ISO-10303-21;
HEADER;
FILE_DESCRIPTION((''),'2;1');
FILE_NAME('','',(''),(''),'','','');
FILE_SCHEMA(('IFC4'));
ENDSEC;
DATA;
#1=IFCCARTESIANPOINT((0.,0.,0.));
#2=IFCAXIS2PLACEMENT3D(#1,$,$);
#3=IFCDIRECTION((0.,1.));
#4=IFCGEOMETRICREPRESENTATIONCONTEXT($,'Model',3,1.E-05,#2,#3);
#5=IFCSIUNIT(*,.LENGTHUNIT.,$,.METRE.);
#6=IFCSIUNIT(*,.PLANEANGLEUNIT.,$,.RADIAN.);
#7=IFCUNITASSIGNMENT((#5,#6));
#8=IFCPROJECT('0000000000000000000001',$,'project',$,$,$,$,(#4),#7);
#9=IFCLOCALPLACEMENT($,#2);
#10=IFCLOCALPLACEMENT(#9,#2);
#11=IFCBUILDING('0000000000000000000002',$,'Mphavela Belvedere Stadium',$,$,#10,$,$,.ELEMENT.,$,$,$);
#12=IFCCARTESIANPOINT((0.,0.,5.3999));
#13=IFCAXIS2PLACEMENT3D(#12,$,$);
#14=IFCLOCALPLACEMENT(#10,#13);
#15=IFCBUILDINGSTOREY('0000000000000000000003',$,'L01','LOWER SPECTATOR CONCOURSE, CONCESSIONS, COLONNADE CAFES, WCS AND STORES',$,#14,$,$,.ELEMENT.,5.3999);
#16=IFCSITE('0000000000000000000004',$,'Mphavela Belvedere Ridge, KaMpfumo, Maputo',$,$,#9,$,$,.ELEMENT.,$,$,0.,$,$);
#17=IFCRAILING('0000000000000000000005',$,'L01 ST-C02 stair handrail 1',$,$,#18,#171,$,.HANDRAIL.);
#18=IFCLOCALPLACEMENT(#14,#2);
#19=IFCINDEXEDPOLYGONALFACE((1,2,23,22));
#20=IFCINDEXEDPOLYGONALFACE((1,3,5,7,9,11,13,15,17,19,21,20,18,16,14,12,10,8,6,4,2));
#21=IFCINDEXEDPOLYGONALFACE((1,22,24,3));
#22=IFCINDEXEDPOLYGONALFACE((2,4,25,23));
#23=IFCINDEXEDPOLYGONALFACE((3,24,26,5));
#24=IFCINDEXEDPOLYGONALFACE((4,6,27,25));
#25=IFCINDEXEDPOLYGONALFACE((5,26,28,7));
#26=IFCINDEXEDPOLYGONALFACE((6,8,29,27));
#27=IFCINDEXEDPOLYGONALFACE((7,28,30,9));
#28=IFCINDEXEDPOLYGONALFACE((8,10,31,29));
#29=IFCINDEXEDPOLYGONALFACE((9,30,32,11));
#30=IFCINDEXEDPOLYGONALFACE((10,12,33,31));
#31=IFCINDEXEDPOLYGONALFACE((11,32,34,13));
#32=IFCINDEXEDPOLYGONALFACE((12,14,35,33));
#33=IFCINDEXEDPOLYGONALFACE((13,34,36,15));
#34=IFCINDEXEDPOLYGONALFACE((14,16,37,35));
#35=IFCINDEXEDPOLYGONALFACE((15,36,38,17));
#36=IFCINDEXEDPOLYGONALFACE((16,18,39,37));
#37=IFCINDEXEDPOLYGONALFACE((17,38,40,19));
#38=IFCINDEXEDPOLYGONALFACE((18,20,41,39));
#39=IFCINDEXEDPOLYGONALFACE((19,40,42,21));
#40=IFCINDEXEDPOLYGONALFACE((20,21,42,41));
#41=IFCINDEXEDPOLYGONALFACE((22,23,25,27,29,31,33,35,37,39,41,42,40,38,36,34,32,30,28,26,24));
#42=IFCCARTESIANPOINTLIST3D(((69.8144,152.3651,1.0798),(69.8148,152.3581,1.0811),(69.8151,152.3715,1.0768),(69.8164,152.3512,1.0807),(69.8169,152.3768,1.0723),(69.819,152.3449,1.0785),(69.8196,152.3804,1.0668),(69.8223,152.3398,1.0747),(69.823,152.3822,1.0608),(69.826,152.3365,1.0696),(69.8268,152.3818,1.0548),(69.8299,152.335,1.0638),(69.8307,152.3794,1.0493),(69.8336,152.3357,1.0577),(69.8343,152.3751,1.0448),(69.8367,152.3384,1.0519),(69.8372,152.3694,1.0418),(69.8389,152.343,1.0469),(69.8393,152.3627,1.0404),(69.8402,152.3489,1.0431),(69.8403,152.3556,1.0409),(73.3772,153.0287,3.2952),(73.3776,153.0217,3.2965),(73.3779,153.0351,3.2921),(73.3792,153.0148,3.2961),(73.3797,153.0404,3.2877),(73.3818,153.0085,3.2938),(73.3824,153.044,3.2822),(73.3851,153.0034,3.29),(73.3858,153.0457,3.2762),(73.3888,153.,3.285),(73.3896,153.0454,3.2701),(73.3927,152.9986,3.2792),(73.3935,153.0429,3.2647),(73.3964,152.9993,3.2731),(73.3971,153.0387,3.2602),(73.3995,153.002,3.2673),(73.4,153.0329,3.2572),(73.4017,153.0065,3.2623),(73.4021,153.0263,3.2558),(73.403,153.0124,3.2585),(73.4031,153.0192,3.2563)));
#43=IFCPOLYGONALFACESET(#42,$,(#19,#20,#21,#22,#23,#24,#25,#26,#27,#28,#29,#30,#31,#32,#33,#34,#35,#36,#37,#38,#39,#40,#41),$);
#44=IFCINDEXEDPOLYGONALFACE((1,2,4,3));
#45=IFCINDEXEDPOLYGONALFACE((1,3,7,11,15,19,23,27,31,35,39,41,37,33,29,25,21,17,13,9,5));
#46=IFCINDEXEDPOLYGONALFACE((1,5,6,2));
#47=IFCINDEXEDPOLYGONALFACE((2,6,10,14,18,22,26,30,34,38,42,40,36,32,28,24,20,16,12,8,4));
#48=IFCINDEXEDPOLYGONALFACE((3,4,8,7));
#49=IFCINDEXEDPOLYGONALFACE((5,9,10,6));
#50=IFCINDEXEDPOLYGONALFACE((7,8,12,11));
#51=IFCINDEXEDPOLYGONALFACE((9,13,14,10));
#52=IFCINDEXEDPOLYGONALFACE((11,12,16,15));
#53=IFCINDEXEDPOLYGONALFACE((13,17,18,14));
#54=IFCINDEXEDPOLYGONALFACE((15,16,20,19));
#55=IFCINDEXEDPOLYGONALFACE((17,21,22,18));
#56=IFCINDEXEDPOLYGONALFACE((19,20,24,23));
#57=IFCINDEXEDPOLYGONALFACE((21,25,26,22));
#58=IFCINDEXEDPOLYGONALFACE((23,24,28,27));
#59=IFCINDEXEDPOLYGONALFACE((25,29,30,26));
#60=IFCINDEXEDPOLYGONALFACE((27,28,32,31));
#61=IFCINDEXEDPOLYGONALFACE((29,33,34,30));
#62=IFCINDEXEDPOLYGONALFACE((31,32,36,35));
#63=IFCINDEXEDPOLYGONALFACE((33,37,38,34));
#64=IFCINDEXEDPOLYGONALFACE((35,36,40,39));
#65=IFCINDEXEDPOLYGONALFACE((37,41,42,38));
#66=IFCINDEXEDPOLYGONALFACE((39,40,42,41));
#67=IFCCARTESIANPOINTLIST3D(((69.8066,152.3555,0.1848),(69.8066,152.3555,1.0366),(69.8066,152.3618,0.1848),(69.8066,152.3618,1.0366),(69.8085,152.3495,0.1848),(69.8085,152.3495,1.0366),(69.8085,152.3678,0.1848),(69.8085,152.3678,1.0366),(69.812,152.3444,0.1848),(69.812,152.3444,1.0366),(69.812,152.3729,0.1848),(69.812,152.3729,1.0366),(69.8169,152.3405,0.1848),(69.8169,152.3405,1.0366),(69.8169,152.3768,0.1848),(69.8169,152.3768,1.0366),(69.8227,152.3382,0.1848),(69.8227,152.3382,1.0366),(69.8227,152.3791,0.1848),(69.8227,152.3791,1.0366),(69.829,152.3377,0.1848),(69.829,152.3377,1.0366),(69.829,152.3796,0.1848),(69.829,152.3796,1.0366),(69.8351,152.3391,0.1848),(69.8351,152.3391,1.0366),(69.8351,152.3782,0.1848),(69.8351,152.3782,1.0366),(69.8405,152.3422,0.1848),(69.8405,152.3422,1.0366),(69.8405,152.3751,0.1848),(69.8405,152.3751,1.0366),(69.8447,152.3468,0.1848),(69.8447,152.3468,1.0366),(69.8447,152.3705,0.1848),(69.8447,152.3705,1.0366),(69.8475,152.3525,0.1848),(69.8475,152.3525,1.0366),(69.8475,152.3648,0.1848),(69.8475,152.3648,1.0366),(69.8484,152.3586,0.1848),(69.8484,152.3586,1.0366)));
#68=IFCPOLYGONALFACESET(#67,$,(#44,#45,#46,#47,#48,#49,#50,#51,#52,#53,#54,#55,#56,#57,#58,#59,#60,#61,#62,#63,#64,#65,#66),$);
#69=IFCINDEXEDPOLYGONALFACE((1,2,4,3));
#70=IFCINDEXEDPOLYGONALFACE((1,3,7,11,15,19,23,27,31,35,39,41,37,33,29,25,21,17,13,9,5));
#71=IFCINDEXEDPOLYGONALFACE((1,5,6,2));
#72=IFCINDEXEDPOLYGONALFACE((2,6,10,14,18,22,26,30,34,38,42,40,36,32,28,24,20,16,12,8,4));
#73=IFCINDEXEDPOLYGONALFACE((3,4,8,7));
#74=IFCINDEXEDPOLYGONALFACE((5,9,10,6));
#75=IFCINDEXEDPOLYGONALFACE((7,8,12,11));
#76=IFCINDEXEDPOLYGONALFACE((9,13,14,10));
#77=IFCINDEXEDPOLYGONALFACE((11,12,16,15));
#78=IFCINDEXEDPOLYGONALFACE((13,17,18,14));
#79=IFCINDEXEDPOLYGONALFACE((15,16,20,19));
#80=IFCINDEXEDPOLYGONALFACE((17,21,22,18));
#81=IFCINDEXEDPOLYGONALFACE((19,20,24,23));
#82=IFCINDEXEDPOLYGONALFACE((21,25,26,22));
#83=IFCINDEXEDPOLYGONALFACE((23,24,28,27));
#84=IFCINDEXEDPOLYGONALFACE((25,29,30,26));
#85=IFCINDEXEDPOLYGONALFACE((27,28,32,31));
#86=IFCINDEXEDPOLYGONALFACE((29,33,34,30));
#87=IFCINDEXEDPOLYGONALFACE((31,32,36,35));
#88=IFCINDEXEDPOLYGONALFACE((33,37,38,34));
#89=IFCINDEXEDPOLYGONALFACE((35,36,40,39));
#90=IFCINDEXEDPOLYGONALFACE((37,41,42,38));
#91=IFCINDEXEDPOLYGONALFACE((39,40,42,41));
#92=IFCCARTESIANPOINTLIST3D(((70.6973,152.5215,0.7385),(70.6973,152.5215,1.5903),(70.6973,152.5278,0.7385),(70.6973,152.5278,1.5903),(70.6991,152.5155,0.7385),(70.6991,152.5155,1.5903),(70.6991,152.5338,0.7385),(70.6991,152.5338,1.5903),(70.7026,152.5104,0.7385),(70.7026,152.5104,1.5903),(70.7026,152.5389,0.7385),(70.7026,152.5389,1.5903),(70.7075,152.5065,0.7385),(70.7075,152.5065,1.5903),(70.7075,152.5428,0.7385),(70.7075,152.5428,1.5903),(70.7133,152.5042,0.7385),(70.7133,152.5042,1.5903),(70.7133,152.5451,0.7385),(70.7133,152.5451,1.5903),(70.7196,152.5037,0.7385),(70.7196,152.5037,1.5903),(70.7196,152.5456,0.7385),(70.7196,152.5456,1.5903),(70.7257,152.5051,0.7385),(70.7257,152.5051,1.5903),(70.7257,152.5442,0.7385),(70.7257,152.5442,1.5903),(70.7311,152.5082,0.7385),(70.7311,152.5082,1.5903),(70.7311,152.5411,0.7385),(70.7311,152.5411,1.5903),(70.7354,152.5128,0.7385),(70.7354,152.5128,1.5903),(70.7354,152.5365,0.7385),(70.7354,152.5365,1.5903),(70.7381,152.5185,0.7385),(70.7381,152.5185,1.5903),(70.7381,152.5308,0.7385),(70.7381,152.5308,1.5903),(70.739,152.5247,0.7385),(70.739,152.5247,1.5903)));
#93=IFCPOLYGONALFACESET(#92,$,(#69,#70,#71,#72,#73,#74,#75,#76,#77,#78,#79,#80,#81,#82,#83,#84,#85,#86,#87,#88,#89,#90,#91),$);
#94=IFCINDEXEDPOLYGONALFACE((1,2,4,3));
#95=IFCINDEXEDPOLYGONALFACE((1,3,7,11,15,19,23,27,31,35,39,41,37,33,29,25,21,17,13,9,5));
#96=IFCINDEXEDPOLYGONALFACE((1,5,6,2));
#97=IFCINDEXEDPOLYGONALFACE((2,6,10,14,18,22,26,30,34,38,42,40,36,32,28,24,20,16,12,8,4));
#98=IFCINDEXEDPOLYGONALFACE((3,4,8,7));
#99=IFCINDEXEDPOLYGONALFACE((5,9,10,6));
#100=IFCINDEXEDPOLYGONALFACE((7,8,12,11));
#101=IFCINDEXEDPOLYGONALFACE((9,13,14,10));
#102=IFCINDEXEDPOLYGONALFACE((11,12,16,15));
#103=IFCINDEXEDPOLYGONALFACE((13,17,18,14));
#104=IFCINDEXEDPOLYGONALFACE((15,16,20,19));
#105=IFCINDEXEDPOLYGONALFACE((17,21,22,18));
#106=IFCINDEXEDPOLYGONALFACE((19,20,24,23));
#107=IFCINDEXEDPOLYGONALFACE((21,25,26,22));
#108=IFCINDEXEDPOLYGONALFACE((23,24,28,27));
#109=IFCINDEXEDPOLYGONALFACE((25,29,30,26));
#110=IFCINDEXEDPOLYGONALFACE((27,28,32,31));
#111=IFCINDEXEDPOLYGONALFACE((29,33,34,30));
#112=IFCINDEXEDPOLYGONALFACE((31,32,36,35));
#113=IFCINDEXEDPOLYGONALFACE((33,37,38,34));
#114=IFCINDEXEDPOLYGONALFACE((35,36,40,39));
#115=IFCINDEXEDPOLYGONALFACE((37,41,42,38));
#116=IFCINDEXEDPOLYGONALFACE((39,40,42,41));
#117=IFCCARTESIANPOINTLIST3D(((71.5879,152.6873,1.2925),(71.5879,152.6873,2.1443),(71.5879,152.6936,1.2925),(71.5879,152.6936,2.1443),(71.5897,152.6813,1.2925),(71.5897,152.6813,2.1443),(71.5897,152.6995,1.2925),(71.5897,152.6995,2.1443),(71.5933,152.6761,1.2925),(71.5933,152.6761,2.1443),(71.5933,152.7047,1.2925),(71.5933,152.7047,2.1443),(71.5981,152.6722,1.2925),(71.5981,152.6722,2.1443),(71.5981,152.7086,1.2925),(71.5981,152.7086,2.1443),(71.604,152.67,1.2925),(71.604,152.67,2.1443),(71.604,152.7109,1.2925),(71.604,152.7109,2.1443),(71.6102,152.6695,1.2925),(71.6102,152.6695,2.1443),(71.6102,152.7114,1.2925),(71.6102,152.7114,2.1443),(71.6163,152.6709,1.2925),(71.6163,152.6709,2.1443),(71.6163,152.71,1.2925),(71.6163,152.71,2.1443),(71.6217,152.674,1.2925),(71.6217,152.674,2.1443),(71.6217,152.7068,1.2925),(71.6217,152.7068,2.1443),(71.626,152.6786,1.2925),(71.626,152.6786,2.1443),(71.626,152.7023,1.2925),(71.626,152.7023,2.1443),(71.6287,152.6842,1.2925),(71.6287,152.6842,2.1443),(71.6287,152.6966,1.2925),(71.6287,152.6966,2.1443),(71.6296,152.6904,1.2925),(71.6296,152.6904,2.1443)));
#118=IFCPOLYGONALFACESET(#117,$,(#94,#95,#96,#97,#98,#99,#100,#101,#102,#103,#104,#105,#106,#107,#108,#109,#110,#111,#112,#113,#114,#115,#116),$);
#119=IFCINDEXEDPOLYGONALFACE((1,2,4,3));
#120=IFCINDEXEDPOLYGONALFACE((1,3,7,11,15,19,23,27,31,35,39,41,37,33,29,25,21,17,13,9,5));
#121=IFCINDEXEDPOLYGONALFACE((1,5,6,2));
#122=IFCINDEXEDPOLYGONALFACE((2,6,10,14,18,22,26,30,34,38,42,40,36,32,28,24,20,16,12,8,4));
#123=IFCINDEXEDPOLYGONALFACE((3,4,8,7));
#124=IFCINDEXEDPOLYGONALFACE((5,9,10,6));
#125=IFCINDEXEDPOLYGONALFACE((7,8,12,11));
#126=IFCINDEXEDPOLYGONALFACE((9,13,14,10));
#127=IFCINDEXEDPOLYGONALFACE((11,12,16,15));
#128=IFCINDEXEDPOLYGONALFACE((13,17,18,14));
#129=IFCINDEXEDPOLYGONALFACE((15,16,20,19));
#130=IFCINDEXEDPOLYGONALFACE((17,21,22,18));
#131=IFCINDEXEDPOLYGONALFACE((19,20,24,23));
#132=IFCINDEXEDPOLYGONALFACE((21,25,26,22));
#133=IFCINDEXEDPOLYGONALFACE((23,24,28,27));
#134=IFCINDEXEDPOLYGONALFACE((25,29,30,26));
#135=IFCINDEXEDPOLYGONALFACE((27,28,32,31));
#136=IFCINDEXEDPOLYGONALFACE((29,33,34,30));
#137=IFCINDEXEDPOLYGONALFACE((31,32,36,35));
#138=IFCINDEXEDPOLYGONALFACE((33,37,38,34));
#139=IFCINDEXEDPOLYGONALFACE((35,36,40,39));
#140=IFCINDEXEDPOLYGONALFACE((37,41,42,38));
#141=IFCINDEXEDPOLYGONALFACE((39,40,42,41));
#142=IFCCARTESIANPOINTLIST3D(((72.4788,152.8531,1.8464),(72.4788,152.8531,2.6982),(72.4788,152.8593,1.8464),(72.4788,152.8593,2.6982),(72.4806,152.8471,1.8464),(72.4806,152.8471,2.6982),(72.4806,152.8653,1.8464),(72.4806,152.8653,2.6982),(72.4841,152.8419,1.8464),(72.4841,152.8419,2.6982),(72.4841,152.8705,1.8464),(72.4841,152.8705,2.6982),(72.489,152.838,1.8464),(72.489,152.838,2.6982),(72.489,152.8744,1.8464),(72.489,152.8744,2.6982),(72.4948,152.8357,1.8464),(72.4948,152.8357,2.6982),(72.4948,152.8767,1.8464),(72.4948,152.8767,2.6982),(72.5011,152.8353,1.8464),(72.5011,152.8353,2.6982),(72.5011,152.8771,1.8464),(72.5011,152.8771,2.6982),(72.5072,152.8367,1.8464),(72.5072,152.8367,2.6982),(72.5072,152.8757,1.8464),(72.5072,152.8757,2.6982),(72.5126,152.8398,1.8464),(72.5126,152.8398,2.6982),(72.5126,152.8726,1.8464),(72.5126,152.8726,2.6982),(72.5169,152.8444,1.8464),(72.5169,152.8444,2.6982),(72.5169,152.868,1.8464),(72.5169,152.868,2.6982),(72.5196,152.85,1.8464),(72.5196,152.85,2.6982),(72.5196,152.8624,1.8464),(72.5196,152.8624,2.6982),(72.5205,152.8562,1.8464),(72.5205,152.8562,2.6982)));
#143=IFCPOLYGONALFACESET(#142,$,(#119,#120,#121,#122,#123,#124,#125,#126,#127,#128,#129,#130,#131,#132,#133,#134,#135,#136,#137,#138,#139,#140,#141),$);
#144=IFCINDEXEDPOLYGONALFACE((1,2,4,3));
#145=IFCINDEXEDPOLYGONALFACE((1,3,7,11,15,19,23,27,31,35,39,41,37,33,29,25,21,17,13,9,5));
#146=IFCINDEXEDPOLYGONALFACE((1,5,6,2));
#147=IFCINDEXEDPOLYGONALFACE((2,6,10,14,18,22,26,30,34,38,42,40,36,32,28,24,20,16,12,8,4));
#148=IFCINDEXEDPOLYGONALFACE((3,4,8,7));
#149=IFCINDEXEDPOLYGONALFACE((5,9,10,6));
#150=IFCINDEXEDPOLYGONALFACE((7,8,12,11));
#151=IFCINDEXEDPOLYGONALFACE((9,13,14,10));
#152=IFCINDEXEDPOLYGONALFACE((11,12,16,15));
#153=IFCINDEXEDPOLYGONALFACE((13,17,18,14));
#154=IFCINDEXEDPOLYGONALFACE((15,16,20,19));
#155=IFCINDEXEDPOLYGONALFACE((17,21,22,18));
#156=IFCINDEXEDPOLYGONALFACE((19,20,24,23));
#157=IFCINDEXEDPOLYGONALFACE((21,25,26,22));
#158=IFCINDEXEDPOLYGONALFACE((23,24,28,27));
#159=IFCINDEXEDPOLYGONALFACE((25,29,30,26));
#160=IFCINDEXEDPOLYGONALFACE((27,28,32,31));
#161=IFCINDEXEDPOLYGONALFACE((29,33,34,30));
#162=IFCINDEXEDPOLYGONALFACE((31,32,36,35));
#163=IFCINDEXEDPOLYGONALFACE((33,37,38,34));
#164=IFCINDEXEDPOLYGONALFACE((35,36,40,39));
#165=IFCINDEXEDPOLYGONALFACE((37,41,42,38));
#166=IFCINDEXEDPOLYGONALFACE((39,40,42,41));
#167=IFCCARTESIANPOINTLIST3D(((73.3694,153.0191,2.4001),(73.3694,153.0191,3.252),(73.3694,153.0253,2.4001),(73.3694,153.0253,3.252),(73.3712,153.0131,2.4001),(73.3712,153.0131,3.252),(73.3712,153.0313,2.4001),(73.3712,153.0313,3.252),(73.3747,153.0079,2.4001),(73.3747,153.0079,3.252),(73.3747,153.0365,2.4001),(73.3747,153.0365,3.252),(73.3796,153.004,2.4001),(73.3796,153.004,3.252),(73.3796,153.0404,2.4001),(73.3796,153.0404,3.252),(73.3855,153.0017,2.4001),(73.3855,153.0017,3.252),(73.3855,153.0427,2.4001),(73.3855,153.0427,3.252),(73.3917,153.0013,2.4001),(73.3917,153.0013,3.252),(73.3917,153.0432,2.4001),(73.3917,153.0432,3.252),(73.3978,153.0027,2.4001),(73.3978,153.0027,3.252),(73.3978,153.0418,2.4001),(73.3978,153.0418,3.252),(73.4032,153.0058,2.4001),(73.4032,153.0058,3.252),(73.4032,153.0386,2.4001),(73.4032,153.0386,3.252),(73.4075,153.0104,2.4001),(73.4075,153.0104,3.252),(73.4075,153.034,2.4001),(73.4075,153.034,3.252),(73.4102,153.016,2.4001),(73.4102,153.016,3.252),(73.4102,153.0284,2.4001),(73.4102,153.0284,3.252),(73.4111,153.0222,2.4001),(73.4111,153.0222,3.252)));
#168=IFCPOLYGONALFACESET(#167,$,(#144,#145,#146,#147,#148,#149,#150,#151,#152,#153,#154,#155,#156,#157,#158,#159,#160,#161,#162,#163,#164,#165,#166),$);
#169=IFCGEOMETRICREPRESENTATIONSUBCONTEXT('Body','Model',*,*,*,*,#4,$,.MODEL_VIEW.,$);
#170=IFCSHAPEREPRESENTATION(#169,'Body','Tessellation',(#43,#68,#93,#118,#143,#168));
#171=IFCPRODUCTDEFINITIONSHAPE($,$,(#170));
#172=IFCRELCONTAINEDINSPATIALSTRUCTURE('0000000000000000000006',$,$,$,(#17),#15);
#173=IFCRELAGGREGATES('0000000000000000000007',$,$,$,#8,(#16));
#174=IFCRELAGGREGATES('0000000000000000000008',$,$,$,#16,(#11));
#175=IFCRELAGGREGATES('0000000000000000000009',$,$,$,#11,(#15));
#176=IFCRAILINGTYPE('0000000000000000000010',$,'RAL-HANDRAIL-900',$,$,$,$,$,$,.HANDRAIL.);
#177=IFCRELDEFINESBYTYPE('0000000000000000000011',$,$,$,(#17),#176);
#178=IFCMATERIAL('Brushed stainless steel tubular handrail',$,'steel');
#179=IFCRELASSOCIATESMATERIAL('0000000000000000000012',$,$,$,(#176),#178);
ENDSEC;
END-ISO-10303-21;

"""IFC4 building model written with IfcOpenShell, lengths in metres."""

from ifc_helpers import new_model, si_unit, direction, frame, origin, origin_2d, place, context, subcontext, project, spatial, circle, extrude, material, type_object, element, save


model = new_model("IFC4")

# Units and contexts
model_context = context("Model", 3, precision=1e-05, world=origin(), true_north=direction((0.0, 1.0)))
body_context = subcontext(model_context, "Body", "Model", "MODEL_VIEW")
ifc_project = project(units=[si_unit("LENGTHUNIT", "METRE"), si_unit("PLANEANGLEUNIT", "RADIAN")], contexts=[model_context])

# Site, building, storey
site_placement = place(None, origin())
site = spatial("IfcSite", under=ifc_project, at=site_placement, Name="Mphavela Belvedere Ridge, KaMpfumo, Maputo", CompositionType="ELEMENT", RefElevation=0.0)
building_placement = place(site_placement, origin())
building = spatial("IfcBuilding", under=site, at=building_placement, Name="Mphavela Belvedere Stadium", CompositionType="ELEMENT")
storey_placement = place(building_placement, frame((0.0, 0.0, 5.3999)))
storey = spatial("IfcBuildingStorey", under=building, at=storey_placement, Name="L01", Description="LOWER SPECTATOR CONCOURSE, CONCESSIONS, COLONNADE CAFES, WCS AND STORES", CompositionType="ELEMENT", Elevation=5.3999)

# Railing
ifc_material_1 = material(Name="Brushed stainless steel tubular handrail", Category="steel")
railing_type_1 = type_object("IfcRailingType", Name="RAL-HANDRAIL-900", PredefinedType="HANDRAIL", material=ifc_material_1)
railing_1_placement = place(storey_placement, frame((69.8274, 152.3586, 0.1848)))
element("IfcRailing", 1, at=railing_1_placement, inside=storey, type_object=railing_type_1, Name="L01 ST-C02 stair handrail 1", PredefinedType="HANDRAIL", context=body_context, shape_type="SweptSolid", body=[
    extrude(circle(Radius=0.0239, at=origin_2d()), frame((0.0, 0.0, 0.876), z_axis=(0.838788, 0.156227, 0.521563), x_axis=(-0.183105, 0.983093, 0.0)), (0.0, 0.0, 1.0), 4.2476),
    extrude(circle(Radius=0.021, at=origin_2d()), origin(), (0.0, 0.0, 1.0), 0.8518),
    extrude(circle(Radius=0.021, at=origin_2d()), frame((0.8906, 0.166, 0.5537)), (0.0, 0.0, 1.0), 0.8518),
    extrude(circle(Radius=0.021, at=origin_2d()), frame((1.7812, 0.3318, 1.1077)), (0.0, 0.0, 1.0), 0.8518),
    extrude(circle(Radius=0.021, at=origin_2d()), frame((2.6721, 0.4976, 1.6616)), (0.0, 0.0, 1.0), 0.8518),
    extrude(circle(Radius=0.021, at=origin_2d()), frame((3.5627, 0.6636, 2.2153)), (0.0, 0.0, 1.0), 0.8518),
])

save(model, "model.ifc")
